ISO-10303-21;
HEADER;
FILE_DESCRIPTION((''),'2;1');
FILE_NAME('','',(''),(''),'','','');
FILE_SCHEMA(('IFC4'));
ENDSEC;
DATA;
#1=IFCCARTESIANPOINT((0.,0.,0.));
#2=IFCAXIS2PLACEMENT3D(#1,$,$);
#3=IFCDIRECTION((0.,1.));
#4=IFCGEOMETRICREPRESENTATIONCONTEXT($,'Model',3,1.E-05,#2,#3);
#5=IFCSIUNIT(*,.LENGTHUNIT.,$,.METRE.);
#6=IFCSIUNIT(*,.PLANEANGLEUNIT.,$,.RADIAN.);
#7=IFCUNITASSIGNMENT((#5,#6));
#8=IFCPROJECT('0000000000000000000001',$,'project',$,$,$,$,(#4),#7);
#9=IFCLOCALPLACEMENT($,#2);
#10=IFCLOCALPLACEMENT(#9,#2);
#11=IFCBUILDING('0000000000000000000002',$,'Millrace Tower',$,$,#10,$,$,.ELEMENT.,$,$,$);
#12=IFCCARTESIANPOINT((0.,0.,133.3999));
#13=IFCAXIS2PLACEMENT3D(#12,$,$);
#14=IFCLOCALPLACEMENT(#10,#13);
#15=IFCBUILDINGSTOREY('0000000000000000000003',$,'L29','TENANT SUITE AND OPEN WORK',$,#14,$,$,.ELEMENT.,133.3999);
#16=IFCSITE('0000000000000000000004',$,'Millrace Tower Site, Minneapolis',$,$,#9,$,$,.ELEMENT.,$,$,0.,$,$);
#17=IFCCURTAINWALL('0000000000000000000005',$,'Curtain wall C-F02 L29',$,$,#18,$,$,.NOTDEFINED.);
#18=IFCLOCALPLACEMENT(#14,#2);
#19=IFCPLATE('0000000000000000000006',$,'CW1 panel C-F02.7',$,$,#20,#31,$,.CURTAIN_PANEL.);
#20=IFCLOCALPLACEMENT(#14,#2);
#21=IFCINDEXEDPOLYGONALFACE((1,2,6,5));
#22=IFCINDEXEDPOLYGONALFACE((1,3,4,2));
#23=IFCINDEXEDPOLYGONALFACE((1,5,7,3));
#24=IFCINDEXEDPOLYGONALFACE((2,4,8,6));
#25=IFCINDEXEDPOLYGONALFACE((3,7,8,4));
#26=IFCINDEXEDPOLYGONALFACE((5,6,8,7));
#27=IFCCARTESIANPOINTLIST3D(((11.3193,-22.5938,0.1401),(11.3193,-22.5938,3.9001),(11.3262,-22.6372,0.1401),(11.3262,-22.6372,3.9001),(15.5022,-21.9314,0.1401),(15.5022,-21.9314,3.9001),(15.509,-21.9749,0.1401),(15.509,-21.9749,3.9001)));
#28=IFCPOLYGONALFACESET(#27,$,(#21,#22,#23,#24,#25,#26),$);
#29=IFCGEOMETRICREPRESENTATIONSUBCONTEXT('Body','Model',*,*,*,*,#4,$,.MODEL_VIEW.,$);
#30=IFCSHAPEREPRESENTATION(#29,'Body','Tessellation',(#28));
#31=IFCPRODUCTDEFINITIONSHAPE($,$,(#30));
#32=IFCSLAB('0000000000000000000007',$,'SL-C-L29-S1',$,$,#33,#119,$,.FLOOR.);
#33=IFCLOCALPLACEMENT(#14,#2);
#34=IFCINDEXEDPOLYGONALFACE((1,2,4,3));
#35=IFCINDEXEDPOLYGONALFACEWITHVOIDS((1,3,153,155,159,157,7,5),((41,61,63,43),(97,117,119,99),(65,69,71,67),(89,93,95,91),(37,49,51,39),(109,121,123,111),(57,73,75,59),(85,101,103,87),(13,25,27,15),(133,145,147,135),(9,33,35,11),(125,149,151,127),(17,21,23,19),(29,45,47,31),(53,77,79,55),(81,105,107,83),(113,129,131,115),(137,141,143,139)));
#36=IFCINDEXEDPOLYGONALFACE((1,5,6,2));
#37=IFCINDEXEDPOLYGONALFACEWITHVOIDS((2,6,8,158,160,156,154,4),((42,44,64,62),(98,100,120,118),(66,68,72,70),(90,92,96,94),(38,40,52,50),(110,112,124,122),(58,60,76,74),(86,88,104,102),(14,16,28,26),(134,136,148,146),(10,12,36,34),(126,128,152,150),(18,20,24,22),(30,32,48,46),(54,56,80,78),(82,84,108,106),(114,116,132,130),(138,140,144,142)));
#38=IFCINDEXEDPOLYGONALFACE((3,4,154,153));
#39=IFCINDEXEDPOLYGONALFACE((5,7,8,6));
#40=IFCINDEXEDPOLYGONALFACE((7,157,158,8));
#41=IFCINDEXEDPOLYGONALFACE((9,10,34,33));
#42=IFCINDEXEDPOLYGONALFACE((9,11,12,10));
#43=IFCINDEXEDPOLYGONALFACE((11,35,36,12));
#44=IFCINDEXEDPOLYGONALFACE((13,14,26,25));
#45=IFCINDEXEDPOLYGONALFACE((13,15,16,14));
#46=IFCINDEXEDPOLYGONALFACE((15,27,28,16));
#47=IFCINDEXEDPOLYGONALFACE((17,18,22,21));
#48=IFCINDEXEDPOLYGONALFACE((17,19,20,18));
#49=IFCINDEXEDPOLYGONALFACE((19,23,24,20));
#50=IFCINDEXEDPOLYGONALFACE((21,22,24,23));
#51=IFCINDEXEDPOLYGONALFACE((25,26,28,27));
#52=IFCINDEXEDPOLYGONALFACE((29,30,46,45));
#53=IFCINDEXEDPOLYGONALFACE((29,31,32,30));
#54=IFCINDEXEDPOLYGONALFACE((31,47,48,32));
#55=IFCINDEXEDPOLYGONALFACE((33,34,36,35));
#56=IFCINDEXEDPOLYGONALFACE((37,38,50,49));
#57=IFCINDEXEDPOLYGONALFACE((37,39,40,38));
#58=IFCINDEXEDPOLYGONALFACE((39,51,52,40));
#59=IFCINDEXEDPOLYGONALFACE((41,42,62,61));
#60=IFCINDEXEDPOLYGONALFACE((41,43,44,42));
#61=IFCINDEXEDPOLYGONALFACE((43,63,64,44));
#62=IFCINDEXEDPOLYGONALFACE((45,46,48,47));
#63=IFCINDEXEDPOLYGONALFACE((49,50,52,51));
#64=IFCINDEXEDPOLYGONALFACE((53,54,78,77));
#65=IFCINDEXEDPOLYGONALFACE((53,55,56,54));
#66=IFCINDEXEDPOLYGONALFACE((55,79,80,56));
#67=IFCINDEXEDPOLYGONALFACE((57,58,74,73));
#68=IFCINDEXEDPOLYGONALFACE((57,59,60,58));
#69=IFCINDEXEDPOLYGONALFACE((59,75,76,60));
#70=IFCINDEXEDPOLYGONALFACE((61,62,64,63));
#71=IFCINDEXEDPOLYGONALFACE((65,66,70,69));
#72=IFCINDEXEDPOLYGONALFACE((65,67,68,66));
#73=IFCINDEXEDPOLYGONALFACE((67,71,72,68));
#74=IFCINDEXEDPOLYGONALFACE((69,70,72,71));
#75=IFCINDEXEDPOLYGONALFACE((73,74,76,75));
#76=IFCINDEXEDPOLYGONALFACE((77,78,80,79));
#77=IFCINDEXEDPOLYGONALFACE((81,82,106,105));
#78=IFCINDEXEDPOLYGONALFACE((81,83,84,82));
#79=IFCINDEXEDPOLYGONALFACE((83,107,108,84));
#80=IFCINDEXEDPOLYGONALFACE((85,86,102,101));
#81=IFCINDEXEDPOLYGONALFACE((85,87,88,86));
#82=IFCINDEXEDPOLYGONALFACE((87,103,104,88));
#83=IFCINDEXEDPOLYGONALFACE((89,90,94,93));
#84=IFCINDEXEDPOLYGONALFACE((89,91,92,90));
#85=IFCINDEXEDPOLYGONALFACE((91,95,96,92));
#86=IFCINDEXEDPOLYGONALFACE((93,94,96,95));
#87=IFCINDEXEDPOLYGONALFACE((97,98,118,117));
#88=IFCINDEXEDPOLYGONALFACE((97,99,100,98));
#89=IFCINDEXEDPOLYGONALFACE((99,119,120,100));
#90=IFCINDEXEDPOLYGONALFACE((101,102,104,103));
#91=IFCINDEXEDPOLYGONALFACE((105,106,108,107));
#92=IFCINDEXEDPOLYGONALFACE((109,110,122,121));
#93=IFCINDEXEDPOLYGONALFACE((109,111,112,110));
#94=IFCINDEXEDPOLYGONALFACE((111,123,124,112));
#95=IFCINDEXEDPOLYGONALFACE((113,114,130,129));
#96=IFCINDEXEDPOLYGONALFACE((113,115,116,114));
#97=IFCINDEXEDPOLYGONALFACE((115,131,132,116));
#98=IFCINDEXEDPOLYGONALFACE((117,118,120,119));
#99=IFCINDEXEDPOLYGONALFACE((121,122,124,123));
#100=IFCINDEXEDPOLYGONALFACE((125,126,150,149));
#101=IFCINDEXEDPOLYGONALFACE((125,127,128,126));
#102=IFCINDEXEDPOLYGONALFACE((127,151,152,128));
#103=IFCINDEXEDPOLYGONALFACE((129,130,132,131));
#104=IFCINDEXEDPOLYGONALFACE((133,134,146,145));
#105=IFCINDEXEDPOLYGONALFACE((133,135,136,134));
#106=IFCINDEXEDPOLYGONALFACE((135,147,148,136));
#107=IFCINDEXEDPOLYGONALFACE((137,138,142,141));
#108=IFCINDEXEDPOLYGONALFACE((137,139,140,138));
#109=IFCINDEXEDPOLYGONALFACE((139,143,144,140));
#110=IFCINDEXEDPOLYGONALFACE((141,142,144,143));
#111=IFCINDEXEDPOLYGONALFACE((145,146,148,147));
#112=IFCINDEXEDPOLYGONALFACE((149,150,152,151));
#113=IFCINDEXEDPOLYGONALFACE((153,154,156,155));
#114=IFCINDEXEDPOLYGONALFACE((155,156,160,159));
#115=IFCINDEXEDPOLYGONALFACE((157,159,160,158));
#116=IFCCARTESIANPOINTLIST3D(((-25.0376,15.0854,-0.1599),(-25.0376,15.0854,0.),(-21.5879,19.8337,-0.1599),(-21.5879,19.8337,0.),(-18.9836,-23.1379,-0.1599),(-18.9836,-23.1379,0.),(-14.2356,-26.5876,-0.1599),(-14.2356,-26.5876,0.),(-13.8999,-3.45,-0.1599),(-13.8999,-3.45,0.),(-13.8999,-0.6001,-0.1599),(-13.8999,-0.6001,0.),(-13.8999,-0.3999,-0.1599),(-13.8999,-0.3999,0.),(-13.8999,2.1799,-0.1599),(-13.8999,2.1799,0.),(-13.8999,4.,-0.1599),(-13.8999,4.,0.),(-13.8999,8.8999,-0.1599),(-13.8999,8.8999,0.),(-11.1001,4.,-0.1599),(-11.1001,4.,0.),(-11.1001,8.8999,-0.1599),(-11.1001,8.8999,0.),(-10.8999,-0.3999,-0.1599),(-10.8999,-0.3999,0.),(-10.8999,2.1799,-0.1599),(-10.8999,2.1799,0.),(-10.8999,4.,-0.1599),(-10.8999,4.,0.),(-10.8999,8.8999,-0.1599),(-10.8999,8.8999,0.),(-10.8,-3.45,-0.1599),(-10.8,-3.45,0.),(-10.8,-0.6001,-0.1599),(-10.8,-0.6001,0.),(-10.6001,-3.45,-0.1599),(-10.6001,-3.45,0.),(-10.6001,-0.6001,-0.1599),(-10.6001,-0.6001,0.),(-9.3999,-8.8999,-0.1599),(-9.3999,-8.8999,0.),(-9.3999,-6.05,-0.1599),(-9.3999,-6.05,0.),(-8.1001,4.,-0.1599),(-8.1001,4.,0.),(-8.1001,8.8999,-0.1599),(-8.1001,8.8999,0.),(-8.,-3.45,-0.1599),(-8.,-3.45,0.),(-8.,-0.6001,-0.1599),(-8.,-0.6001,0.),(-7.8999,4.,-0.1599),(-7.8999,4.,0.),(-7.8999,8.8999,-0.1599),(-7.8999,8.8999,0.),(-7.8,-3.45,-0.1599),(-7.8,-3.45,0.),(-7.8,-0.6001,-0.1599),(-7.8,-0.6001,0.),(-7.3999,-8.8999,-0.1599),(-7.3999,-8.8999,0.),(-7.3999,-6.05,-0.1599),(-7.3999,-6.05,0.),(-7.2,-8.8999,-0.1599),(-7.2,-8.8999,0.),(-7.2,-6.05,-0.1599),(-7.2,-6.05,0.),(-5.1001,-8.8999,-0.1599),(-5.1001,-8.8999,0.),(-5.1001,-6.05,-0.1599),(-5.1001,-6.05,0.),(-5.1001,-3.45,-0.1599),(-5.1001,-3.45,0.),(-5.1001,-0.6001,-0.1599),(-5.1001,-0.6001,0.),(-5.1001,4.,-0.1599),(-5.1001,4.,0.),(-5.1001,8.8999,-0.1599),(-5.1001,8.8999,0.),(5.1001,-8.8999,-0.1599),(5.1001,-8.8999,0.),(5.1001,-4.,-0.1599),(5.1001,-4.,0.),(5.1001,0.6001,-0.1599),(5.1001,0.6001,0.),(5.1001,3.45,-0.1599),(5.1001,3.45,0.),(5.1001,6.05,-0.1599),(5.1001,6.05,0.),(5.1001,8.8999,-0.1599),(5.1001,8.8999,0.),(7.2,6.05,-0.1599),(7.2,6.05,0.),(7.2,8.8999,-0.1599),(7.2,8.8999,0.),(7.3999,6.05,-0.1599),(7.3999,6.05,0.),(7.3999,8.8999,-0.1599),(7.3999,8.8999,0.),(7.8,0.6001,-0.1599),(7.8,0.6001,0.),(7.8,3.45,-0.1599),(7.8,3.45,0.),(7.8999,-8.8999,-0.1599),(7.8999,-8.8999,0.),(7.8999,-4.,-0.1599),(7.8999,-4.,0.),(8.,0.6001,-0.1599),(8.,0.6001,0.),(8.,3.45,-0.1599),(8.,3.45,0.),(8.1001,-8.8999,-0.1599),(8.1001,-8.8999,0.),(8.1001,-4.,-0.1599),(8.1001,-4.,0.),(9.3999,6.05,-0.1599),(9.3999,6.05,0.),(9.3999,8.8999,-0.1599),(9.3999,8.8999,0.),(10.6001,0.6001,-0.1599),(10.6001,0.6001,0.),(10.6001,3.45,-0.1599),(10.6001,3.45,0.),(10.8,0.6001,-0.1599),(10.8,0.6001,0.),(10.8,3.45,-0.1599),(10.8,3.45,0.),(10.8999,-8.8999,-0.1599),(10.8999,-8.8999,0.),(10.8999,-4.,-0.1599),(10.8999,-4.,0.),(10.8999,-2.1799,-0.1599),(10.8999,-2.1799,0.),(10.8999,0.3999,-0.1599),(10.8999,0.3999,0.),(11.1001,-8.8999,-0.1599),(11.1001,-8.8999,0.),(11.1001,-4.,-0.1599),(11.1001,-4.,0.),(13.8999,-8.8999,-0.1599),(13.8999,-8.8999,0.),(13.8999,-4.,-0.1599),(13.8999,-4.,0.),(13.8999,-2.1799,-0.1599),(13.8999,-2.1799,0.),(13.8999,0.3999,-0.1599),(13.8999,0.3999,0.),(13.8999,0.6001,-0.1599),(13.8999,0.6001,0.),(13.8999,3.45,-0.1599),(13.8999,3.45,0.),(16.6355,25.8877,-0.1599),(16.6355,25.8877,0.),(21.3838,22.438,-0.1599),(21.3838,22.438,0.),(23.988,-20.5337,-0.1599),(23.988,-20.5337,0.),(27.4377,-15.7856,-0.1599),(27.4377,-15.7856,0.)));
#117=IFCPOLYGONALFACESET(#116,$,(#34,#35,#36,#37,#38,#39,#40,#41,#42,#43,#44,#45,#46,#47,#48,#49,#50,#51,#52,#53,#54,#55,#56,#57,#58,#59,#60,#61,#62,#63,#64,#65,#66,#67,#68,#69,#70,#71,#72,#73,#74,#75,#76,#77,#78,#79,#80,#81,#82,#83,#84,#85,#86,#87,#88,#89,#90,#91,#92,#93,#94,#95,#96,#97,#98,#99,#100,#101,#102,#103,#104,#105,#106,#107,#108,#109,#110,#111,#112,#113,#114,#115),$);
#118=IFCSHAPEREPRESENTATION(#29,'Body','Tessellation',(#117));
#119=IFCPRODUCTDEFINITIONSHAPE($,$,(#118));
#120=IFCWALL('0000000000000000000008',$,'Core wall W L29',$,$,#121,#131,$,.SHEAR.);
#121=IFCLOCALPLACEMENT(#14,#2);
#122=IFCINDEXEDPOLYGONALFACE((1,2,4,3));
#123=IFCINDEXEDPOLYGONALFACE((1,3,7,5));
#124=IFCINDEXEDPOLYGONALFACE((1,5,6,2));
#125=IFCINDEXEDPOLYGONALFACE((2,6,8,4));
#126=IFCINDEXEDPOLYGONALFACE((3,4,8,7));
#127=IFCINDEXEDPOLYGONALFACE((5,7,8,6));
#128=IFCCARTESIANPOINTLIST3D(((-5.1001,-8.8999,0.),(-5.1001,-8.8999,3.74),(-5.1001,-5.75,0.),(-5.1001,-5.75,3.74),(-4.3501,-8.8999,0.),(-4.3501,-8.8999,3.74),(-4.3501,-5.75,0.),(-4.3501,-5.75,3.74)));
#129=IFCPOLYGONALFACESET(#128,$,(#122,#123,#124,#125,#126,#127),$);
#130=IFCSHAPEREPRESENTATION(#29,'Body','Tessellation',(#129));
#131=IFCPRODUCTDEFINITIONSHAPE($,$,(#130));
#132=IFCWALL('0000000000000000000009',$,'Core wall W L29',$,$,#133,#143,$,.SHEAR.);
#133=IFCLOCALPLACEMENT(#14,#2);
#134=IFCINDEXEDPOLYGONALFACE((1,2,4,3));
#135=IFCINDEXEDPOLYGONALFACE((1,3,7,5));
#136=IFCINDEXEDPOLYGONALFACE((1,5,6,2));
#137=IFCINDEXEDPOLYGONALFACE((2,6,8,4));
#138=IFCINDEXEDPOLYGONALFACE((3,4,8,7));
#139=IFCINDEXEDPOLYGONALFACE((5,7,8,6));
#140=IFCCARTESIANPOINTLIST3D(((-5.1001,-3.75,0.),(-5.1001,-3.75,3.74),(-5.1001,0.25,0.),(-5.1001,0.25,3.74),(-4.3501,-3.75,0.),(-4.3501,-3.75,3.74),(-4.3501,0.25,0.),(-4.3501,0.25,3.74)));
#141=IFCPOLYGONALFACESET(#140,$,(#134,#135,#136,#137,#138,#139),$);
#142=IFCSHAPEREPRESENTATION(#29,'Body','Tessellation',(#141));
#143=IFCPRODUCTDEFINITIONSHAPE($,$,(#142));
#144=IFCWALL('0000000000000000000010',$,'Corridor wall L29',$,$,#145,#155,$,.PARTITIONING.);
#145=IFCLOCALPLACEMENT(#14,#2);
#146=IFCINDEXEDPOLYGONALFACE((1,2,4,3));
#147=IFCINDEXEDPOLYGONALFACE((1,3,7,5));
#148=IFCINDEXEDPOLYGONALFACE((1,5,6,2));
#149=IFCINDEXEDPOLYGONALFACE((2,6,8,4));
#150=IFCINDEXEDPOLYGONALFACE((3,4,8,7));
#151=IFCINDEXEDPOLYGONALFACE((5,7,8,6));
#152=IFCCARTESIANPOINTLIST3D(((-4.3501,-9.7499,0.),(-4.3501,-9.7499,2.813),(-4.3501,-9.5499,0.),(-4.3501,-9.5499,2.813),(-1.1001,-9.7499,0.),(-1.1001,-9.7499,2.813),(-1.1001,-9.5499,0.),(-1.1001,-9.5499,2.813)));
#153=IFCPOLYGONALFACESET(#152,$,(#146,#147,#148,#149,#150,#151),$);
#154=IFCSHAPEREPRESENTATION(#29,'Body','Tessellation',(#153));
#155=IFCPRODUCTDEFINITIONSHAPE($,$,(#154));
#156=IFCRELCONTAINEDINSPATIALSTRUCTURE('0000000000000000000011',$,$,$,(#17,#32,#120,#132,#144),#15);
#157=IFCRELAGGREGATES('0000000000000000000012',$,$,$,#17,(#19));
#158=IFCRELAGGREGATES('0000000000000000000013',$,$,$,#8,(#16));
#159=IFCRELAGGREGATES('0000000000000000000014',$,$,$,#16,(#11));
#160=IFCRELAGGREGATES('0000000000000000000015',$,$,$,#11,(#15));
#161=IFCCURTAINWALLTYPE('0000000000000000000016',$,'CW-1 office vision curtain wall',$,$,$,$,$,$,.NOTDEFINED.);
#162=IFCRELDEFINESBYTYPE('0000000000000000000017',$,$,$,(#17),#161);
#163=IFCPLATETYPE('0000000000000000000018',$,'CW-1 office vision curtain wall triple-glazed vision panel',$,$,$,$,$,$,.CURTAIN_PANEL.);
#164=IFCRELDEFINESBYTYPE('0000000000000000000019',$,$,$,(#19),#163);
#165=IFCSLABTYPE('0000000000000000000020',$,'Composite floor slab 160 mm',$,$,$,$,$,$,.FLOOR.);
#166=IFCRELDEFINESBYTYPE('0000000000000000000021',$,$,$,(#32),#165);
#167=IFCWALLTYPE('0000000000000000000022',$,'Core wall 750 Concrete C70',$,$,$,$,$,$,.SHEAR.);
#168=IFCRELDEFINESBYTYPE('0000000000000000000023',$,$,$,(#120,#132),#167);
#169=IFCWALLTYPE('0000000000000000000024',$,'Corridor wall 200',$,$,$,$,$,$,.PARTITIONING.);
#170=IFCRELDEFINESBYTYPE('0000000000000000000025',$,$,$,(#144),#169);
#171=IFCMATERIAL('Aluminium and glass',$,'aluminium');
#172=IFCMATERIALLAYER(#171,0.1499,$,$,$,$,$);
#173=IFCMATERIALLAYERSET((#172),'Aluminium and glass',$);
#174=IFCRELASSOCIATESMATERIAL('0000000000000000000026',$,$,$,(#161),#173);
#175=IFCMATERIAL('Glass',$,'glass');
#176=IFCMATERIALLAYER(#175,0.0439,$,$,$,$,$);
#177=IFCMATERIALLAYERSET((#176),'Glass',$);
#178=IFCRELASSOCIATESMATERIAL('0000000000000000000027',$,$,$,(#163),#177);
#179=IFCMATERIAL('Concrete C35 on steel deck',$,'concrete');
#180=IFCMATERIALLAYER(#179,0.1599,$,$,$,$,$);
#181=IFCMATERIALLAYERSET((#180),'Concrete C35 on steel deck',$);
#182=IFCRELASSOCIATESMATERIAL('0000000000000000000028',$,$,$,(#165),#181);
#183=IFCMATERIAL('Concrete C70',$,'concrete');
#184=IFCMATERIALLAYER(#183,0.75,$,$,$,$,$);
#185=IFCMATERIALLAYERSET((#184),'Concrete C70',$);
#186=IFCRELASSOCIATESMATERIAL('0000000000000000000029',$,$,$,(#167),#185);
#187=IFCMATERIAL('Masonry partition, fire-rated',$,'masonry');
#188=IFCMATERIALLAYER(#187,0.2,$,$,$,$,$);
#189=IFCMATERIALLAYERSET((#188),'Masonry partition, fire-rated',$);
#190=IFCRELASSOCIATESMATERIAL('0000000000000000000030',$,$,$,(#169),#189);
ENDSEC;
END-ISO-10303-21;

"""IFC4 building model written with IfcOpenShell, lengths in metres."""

from ifc_helpers import new_model, si_unit, direction, frame, frame_2d, origin, place, context, subcontext, project, spatial, polyline, rectangle, outline, extrude, material, layer, layer_set, type_object, element, aggregate, save


model = new_model("IFC4")

# Units and contexts
model_context = context("Model", 3, precision=1e-05, world=origin(), true_north=direction((0.0, 1.0)))
body_context = subcontext(model_context, "Body", "Model", "MODEL_VIEW")
ifc_project = project(units=[si_unit("LENGTHUNIT", "METRE"), si_unit("PLANEANGLEUNIT", "RADIAN")], contexts=[model_context])

# Site, building, storey
site_placement = place(None, origin())
site = spatial("IfcSite", under=ifc_project, at=site_placement, Name="Millrace Tower Site, Minneapolis", CompositionType="ELEMENT", RefElevation=0.0)
building_placement = place(site_placement, origin())
building = spatial("IfcBuilding", under=site, at=building_placement, Name="Millrace Tower", CompositionType="ELEMENT")
storey_placement = place(building_placement, frame((0.0, 0.0, 133.3999)))
storey = spatial("IfcBuildingStorey", under=building, at=storey_placement, Name="L29", Description="TENANT SUITE AND OPEN WORK", CompositionType="ELEMENT", Elevation=133.3999)

# Shared definitions
ifc_material_1 = material(Name="Aluminium and glass", Category="aluminium")
ifc_layer_1 = layer(ifc_material_1, 0.1499)
ifc_layer_set_1 = layer_set([ifc_layer_1], Name="Aluminium and glass")
curtain_wall_type = type_object("IfcCurtainWallType", Name="CW-1 office vision curtain wall", PredefinedType="NOTDEFINED", material=ifc_layer_set_1)
placement_1 = place(storey_placement, origin())
ifc_material_2 = material(Name="Glass", Category="glass")
ifc_layer_2 = layer(ifc_material_2, 0.0439)
ifc_layer_set_2 = layer_set([ifc_layer_2], Name="Glass")
plate_type = type_object("IfcPlateType", Name="CW-1 office vision curtain wall triple-glazed vision panel", PredefinedType="CURTAIN_PANEL", material=ifc_layer_set_2)
placement_2 = place(storey_placement, frame((0.0, 0.0, 0.1401)))

# Curtain wall, plate
curtain_wall_1 = element("IfcCurtainWall", 1, at=placement_1, inside=storey, type_object=curtain_wall_type, Name="Curtain wall C-F02 L29", PredefinedType="NOTDEFINED")
plate_1 = element("IfcPlate", 2, at=placement_2, type_object=plate_type, Name="CW1 panel C-F02.7", PredefinedType="CURTAIN_PANEL", context=body_context, shape_type="SweptSolid", body=[
    extrude(outline(polyline([(11.3262, -22.6372), (15.509, -21.9749), (15.5022, -21.9314), (11.3193, -22.5938), (11.3262, -22.6372)])), origin(), (0.0, 0.0, 1.0), 3.76),
])
aggregate(curtain_wall_1, [plate_1])

# Slab
ifc_material_3 = material(Name="Concrete C35 on steel deck", Category="concrete")
ifc_layer_3 = layer(ifc_material_3, 0.1599)
ifc_layer_set_3 = layer_set([ifc_layer_3], Name="Concrete C35 on steel deck")
slab_type = type_object("IfcSlabType", Name="Composite floor slab 160 mm", PredefinedType="FLOOR", material=ifc_layer_set_3)
slab_placement = place(storey_placement, frame((0.0, 0.0, -0.1599)))
element("IfcSlab", 3, at=slab_placement, inside=storey, type_object=slab_type, Name="SL-C-L29-S1", PredefinedType="FLOOR", context=body_context, shape_type="SweptSolid", body=[
    extrude(outline(polyline([(-18.9836, -23.1379), (-14.2356, -26.5876), (23.988, -20.5337), (27.4377, -15.7856), (21.3838, 22.438), (16.6355, 25.8877), (-21.5879, 19.8337), (-25.0376, 15.0854), (-18.9836, -23.1379)]), holes=[polyline([(-9.3999, -8.8999), (-7.3999, -8.8999), (-7.3999, -6.05), (-9.3999, -6.05), (-9.3999, -8.8999)]), polyline([(-7.2, -8.8999), (-5.1001, -8.8999), (-5.1001, -6.05), (-7.2, -6.05), (-7.2, -8.8999)]), polyline([(-13.8999, -3.45), (-10.8, -3.45), (-10.8, -0.6001), (-13.8999, -0.6001), (-13.8999, -3.45)]), polyline([(-10.6001, -3.45), (-8.0, -3.45), (-8.0, -0.6001), (-10.6001, -0.6001), (-10.6001, -3.45)]), polyline([(-7.8, -3.45), (-5.1001, -3.45), (-5.1001, -0.6001), (-7.8, -0.6001), (-7.8, -3.45)]), polyline([(-13.8999, -0.3999), (-10.8999, -0.3999), (-10.8999, 2.1799), (-13.8999, 2.1799), (-13.8999, -0.3999)]), polyline([(-13.8999, 4.0), (-11.1001, 4.0), (-11.1001, 8.8999), (-13.8999, 8.8999), (-13.8999, 4.0)]), polyline([(-10.8999, 4.0), (-8.1001, 4.0), (-8.1001, 8.8999), (-10.8999, 8.8999), (-10.8999, 4.0)]), polyline([(-7.8999, 4.0), (-5.1001, 4.0), (-5.1001, 8.8999), (-7.8999, 8.8999), (-7.8999, 4.0)]), polyline([(7.3999, 6.05), (9.3999, 6.05), (9.3999, 8.8999), (7.3999, 8.8999), (7.3999, 6.05)]), polyline([(5.1001, 6.05), (7.2, 6.05), (7.2, 8.8999), (5.1001, 8.8999), (5.1001, 6.05)]), polyline([(10.8, 0.6001), (13.8999, 0.6001), (13.8999, 3.45), (10.8, 3.45), (10.8, 0.6001)]), polyline([(8.0, 0.6001), (10.6001, 0.6001), (10.6001, 3.45), (8.0, 3.45), (8.0, 0.6001)]), polyline([(5.1001, 0.6001), (7.8, 0.6001), (7.8, 3.45), (5.1001, 3.45), (5.1001, 0.6001)]), polyline([(10.8999, -2.1799), (13.8999, -2.1799), (13.8999, 0.3999), (10.8999, 0.3999), (10.8999, -2.1799)]), polyline([(11.1001, -8.8999), (13.8999, -8.8999), (13.8999, -4.0), (11.1001, -4.0), (11.1001, -8.8999)]), polyline([(8.1001, -8.8999), (10.8999, -8.8999), (10.8999, -4.0), (8.1001, -4.0), (8.1001, -8.8999)]), polyline([(5.1001, -8.8999), (7.8999, -8.8999), (7.8999, -4.0), (5.1001, -4.0), (5.1001, -8.8999)])]), origin(), (0.0, 0.0, 1.0), 0.1599),
])

# Walls
ifc_material_4 = material(Name="Concrete C70", Category="concrete")
ifc_layer_4 = layer(ifc_material_4, 0.75)
ifc_layer_set_4 = layer_set([ifc_layer_4], Name="Concrete C70")
wall_type_1 = type_object("IfcWallType", Name="Core wall 750 Concrete C70", PredefinedType="SHEAR", material=ifc_layer_set_4)
wall_1_placement = place(storey_placement, frame((-4.7251, -8.8999, 0.0), z_axis=(0.0, 0.0, 1.0), x_axis=(0.0, 1.0, 0.0)))
element("IfcWall", 4, at=wall_1_placement, inside=storey, type_object=wall_type_1, Name="Core wall W L29", PredefinedType="SHEAR", context=body_context, shape_type="SweptSolid", body=[
    extrude(rectangle(XDim=3.1499, YDim=0.75, at=frame_2d((1.575, 0.0))), origin(), (0.0, 0.0, 1.0), 3.74),
])
wall_2_placement = place(storey_placement, frame((-4.7251, -3.75, 0.0), z_axis=(0.0, 0.0, 1.0), x_axis=(0.0, 1.0, 0.0)))
element("IfcWall", 5, at=wall_2_placement, inside=storey, type_object=wall_type_1, Name="Core wall W L29", PredefinedType="SHEAR", context=body_context, shape_type="SweptSolid", body=[
    extrude(rectangle(XDim=4.0, YDim=0.75, at=frame_2d((2.0, 0.0))), origin(), (0.0, 0.0, 1.0), 3.74),
])
ifc_material_5 = material(Name="Masonry partition, fire-rated", Category="masonry")
ifc_layer_5 = layer(ifc_material_5, 0.2)
ifc_layer_set_5 = layer_set([ifc_layer_5], Name="Masonry partition, fire-rated")
wall_type_2 = type_object("IfcWallType", Name="Corridor wall 200", PredefinedType="PARTITIONING", material=ifc_layer_set_5)
wall_3_placement = place(storey_placement, frame((-4.3501, -9.6499, 0.0), z_axis=(0.0, 0.0, 1.0), x_axis=(1.0, 0.0, 0.0)))
element("IfcWall", 6, at=wall_3_placement, inside=storey, type_object=wall_type_2, Name="Corridor wall L29", PredefinedType="PARTITIONING", context=body_context, shape_type="SweptSolid", body=[
    extrude(rectangle(XDim=3.25, YDim=0.2, at=frame_2d((1.625, 0.0))), origin(), (0.0, 0.0, 1.0), 2.813),
])

save(model, "model.ifc")
